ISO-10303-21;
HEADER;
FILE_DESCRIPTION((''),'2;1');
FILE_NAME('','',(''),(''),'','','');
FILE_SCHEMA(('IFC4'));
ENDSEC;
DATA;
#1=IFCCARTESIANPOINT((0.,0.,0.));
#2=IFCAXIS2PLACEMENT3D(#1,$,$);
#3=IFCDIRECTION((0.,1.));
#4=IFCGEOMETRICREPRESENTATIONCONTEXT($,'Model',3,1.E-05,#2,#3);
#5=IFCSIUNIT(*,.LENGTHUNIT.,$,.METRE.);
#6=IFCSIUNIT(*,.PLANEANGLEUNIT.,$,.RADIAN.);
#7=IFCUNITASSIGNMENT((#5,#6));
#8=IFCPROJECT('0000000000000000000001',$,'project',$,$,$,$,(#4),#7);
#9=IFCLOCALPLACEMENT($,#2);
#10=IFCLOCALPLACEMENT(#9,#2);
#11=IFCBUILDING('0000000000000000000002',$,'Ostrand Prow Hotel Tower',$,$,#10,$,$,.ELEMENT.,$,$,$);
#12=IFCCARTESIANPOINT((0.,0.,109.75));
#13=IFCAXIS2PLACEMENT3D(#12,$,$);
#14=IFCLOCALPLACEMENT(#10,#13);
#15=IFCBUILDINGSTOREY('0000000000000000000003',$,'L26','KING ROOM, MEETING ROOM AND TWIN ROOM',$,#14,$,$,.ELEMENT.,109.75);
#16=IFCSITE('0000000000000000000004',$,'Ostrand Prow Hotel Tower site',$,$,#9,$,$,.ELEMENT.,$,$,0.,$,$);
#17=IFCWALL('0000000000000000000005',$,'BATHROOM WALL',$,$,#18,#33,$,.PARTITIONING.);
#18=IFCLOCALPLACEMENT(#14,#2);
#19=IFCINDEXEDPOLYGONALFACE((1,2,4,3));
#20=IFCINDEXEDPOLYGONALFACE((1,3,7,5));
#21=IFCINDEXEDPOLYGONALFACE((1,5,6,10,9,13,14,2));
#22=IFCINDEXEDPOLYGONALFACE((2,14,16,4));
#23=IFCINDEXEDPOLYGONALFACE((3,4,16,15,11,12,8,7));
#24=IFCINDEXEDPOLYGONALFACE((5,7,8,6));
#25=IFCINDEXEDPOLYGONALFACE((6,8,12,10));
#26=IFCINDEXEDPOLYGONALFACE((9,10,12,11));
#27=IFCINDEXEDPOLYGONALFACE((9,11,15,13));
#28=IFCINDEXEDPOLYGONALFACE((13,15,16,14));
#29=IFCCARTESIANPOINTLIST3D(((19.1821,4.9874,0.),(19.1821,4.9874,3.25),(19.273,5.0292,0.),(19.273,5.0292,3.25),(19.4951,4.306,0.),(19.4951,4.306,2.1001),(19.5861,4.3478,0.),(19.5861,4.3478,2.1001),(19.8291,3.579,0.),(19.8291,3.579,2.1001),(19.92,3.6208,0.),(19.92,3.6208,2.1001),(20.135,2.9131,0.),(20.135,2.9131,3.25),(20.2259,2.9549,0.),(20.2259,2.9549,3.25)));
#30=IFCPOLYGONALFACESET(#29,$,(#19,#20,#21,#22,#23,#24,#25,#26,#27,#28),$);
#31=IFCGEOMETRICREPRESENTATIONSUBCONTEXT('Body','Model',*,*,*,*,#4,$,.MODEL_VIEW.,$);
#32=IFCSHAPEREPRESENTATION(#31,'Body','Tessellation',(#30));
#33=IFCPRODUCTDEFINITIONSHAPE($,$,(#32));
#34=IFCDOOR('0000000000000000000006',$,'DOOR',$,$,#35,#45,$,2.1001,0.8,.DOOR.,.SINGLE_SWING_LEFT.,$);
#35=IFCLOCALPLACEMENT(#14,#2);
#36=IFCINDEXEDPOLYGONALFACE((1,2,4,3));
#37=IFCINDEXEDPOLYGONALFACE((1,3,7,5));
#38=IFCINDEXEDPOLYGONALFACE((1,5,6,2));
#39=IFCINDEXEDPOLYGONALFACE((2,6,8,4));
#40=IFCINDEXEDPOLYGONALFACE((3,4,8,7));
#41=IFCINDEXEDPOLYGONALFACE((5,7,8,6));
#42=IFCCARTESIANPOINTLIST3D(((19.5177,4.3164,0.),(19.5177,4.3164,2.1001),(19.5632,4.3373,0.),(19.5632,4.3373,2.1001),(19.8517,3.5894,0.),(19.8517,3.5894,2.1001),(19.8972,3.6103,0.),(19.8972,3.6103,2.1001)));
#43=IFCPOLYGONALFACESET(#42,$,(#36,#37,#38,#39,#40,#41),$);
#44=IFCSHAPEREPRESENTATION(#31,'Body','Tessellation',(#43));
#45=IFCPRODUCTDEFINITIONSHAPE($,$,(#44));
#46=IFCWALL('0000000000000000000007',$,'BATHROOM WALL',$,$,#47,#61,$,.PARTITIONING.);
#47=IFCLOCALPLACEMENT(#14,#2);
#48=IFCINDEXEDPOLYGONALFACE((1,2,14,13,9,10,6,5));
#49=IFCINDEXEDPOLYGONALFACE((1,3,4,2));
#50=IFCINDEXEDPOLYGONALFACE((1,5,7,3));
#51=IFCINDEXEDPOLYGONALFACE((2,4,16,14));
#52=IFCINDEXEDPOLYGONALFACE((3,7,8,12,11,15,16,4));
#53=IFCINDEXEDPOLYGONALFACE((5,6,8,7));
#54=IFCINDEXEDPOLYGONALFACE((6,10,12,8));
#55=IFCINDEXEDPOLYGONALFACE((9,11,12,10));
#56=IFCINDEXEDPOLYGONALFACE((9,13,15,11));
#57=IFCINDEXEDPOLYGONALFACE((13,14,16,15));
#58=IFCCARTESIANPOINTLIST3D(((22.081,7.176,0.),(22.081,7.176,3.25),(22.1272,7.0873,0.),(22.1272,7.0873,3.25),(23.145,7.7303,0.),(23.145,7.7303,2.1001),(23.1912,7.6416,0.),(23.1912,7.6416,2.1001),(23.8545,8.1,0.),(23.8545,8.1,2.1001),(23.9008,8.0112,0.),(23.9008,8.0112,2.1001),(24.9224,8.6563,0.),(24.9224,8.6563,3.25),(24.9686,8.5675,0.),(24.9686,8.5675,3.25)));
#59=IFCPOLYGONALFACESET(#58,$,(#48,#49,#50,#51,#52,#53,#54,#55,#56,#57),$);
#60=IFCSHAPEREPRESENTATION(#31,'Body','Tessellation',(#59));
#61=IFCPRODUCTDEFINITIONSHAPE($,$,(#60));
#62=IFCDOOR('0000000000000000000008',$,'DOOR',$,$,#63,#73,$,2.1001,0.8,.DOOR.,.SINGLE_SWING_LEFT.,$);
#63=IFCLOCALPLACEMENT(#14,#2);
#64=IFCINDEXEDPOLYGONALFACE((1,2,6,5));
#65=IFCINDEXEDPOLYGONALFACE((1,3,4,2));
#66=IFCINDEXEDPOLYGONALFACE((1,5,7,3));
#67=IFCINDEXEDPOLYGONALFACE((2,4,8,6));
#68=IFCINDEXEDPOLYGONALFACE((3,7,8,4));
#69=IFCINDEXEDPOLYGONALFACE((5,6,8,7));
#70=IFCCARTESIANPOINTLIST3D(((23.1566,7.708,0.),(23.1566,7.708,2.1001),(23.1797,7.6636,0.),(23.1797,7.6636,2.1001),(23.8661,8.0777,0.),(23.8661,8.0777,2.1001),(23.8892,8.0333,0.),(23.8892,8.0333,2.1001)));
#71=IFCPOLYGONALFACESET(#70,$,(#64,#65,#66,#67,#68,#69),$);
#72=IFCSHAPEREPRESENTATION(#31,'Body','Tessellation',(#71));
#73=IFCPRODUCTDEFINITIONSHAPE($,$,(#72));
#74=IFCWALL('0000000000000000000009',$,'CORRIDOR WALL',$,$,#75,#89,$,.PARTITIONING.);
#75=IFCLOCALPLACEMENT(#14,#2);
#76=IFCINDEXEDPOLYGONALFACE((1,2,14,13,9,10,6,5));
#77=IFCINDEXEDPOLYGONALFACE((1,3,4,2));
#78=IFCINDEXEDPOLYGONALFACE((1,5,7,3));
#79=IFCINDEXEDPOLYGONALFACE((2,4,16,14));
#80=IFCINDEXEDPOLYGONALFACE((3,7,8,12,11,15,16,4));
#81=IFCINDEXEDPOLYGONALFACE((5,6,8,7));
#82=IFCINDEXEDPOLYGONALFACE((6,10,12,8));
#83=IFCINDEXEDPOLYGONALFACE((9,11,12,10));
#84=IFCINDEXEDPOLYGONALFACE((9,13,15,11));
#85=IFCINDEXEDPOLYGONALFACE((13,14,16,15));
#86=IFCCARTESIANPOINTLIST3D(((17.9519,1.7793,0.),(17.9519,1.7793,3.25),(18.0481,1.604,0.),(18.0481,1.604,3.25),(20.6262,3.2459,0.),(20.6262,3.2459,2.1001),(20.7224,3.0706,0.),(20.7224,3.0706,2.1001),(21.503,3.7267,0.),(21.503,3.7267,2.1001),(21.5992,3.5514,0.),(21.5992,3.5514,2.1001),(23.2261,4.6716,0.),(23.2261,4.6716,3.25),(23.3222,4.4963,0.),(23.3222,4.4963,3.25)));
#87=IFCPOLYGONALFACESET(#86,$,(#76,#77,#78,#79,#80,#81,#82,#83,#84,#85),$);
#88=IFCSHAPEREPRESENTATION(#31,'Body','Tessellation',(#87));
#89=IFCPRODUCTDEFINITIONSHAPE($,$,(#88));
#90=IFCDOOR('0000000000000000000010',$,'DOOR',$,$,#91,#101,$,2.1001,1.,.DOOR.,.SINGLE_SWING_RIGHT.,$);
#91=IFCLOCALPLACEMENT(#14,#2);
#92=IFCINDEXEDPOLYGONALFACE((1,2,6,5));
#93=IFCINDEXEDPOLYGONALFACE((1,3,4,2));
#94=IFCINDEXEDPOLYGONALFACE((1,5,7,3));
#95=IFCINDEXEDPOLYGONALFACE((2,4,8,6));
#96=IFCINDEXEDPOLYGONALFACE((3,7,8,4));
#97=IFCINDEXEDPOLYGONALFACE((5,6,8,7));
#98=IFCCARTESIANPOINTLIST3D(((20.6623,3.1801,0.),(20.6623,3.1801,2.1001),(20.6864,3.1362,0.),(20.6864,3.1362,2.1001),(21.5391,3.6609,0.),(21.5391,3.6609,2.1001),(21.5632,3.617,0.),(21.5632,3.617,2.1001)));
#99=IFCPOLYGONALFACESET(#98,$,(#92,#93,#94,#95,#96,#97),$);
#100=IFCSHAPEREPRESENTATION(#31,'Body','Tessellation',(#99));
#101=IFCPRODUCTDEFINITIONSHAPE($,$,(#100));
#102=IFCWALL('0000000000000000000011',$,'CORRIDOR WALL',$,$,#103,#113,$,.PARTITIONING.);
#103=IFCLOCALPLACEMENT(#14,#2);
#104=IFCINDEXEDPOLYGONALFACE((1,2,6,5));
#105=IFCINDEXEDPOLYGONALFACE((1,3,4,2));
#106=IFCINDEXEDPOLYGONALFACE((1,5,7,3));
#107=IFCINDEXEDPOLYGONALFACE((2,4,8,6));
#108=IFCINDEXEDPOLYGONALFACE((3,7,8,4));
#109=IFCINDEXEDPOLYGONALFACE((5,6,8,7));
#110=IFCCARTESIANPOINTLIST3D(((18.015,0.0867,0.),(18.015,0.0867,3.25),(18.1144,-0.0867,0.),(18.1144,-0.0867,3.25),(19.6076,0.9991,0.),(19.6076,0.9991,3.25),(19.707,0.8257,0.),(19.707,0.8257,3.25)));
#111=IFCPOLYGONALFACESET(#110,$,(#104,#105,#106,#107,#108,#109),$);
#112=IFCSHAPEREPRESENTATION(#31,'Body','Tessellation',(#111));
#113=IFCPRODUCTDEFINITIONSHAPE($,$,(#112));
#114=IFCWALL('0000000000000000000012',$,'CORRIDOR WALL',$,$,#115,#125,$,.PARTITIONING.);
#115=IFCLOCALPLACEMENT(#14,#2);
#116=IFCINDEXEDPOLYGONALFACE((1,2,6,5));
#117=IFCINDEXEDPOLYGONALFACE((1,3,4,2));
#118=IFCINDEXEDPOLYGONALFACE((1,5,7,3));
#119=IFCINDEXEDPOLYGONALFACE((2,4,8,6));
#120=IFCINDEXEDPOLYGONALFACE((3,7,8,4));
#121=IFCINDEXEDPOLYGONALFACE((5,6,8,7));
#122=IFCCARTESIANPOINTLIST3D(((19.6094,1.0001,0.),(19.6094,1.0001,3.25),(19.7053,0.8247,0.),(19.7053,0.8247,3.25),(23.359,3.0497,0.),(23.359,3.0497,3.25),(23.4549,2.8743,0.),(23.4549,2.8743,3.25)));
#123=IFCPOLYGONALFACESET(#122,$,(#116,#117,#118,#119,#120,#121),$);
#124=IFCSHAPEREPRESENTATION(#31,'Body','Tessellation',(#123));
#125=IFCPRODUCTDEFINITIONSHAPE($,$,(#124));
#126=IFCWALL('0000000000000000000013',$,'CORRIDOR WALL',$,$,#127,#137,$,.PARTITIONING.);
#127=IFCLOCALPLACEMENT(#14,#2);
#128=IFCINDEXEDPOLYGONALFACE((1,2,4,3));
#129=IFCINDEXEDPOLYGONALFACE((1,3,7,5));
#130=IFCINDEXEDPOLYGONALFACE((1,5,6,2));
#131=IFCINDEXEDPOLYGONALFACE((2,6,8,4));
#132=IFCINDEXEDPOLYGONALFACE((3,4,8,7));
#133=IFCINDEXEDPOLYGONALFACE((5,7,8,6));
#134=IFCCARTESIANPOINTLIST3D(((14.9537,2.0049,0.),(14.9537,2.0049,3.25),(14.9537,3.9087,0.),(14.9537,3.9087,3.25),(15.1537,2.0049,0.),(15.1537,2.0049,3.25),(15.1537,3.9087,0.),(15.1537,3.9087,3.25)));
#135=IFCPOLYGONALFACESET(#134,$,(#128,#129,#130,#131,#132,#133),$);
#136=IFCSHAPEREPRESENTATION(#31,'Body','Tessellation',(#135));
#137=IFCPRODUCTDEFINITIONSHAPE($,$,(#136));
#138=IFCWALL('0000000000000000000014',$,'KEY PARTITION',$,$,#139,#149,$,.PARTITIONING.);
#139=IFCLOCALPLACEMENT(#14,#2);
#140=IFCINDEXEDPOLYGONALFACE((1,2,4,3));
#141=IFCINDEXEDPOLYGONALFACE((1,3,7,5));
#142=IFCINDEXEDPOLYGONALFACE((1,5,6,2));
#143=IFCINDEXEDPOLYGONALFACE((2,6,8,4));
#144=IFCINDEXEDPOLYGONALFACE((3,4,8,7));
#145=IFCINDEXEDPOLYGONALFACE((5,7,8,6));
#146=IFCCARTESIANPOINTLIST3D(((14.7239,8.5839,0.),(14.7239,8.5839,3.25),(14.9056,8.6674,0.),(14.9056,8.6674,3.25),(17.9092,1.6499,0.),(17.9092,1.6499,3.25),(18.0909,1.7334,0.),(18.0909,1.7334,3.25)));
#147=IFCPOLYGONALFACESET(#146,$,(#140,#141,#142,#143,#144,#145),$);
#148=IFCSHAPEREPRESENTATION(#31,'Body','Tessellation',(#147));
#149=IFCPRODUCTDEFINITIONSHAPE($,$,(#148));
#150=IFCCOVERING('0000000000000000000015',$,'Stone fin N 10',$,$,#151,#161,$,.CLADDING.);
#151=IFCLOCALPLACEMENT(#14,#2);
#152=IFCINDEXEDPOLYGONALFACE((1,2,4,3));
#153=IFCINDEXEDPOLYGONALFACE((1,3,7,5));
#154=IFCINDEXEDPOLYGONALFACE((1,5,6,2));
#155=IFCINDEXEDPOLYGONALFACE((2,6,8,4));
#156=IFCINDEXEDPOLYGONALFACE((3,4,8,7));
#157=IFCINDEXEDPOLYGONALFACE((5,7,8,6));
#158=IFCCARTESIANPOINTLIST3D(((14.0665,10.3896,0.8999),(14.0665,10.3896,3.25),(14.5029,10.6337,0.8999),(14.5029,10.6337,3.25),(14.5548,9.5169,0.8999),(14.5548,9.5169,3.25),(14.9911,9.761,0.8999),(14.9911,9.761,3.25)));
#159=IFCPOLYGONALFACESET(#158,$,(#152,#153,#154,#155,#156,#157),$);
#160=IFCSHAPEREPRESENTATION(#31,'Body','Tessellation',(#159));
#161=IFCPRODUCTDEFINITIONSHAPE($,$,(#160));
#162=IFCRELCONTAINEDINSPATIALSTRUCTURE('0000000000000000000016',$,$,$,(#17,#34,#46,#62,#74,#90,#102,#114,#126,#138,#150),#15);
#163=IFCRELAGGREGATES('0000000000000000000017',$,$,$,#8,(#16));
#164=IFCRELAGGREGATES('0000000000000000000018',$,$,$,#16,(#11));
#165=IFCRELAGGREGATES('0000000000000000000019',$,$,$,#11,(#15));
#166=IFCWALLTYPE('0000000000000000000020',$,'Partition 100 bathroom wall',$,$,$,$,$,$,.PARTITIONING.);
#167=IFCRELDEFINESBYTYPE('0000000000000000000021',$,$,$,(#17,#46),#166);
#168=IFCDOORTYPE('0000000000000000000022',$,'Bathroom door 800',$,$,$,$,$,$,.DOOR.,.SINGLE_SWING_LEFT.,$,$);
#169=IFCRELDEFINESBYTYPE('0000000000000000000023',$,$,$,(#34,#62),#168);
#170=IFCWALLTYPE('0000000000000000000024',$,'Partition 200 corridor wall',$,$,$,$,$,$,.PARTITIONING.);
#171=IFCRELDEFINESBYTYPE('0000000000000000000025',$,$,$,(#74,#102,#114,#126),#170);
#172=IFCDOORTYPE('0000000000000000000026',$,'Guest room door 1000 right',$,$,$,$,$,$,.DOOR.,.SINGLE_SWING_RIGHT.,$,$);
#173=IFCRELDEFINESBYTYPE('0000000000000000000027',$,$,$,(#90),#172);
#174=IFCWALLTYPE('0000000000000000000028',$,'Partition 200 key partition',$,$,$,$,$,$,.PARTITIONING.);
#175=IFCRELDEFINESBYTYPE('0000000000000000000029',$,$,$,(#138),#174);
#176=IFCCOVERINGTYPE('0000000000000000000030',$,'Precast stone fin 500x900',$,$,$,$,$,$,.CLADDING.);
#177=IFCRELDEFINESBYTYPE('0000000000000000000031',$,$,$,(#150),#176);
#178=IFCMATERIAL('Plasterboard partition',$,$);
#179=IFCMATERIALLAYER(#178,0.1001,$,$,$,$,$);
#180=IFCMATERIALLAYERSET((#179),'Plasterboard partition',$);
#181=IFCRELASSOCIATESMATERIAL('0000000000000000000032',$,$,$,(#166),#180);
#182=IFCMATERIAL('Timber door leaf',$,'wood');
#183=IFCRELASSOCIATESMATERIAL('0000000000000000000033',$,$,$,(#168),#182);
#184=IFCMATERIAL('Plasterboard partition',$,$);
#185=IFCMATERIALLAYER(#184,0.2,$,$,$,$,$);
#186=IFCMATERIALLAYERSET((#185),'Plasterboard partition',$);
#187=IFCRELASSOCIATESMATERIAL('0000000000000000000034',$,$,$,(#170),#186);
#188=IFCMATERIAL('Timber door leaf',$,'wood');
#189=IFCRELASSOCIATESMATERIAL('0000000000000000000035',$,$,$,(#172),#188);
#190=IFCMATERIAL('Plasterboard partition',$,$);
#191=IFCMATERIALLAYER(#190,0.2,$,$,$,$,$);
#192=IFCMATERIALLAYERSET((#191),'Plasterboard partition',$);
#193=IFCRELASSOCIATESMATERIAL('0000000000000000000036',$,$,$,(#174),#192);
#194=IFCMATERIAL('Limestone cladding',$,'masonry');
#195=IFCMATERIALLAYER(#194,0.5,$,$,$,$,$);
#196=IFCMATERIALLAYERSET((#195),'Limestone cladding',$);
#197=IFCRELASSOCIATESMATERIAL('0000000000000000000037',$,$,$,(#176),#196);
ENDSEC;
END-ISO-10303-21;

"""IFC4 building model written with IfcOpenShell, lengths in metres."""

from ifc_helpers import new_model, si_unit, direction, frame, frame_2d, origin, place, context, subcontext, project, spatial, rectangle, extrude, material, layer, layer_set, type_object, element, fill, save


model = new_model("IFC4")

# Units and contexts
model_context = context("Model", 3, precision=1e-05, world=origin(), true_north=direction((0.0, 1.0)))
body_context = subcontext(model_context, "Body", "Model", "MODEL_VIEW")
ifc_project = project(units=[si_unit("LENGTHUNIT", "METRE"), si_unit("PLANEANGLEUNIT", "RADIAN")], contexts=[model_context])

# Site, building, storey
site_placement = place(None, origin())
site = spatial("IfcSite", under=ifc_project, at=site_placement, Name="Ostrand Prow Hotel Tower site", CompositionType="ELEMENT", RefElevation=0.0)
building_placement = place(site_placement, origin())
building = spatial("IfcBuilding", under=site, at=building_placement, Name="Ostrand Prow Hotel Tower", CompositionType="ELEMENT")
storey_placement = place(building_placement, frame((0.0, 0.0, 109.75)))
storey = spatial("IfcBuildingStorey", under=building, at=storey_placement, Name="L26", Description="KING ROOM, MEETING ROOM AND TWIN ROOM", CompositionType="ELEMENT", Elevation=109.75)

# Shared definitions
ifc_material_1 = material(Name="Plasterboard partition")
ifc_layer_1 = layer(ifc_material_1, 0.1001)
ifc_layer_set_1 = layer_set([ifc_layer_1], Name="Plasterboard partition")
wall_type_1 = type_object("IfcWallType", Name="Partition 100 bathroom wall", PredefinedType="PARTITIONING", material=ifc_layer_set_1)

# Walls, openings, doors
wall_1_placement = place(storey_placement, frame((19.2275, 5.0083, 0.0), z_axis=(0.0, 0.0, 1.0), x_axis=(0.41745, -0.9087, 0.0)))
wall_1 = element("IfcWall", 1, at=wall_1_placement, inside=storey, type_object=wall_type_1, Name="BATHROOM WALL", PredefinedType="PARTITIONING", context=body_context, shape_type="SweptSolid", body=[
    extrude(rectangle(XDim=2.2827, YDim=0.1001, at=frame_2d((1.1414, 0.0))), origin(), (0.0, 0.0, 1.0), 3.25),
])
opening_1_placement = place(wall_1_placement, frame((0.75, 0.0, 0.0)))
opening_1 = element("IfcOpeningElement", 2, at=opening_1_placement, cuts=wall_1, PredefinedType="OPENING", context=body_context, shape_type="SweptSolid", body=[
    extrude(rectangle(XDim=0.8, YDim=2.1001, at=frame_2d((0.3999, 1.05))), frame((0.0, 0.0601, 0.0), z_axis=(0.0, -1.0, 0.0), x_axis=(1.0, 0.0, 0.0)), (0.0, 0.0, 1.0), 0.1201),
])
ifc_material_2 = material(Name="Timber door leaf", Category="wood")
door_type_1 = type_object("IfcDoorType", Name="Bathroom door 800", OperationType="SINGLE_SWING_LEFT", PredefinedType="DOOR", material=ifc_material_2)
door_1_placement = place(opening_1_placement, origin())
door_1 = element("IfcDoor", 3, at=door_1_placement, inside=storey, type_object=door_type_1, Name="DOOR", OperationType="SINGLE_SWING_LEFT", OverallHeight=2.1001, OverallWidth=0.8, PredefinedType="DOOR", context=body_context, shape_type="SweptSolid", body=[
    extrude(rectangle(XDim=0.8, YDim=2.1001, at=frame_2d((0.3999, 1.05))), frame((0.0, 0.0249, 0.0), z_axis=(0.0, -1.0, 0.0), x_axis=(1.0, 0.0, 0.0)), (0.0, 0.0, 1.0), 0.05),
])
fill(opening_1, door_1)
wall_2_placement = place(storey_placement, frame((22.104, 7.1316, 0.0), z_axis=(0.0, 0.0, 1.0), x_axis=(0.886866, 0.462027, 0.0)))
wall_2 = element("IfcWall", 4, at=wall_2_placement, inside=storey, type_object=wall_type_1, Name="BATHROOM WALL", PredefinedType="PARTITIONING", context=body_context, shape_type="SweptSolid", body=[
    extrude(rectangle(XDim=3.2039, YDim=0.1001, at=frame_2d((1.6021, 0.0))), origin(), (0.0, 0.0, 1.0), 3.25),
])
opening_2_placement = place(wall_2_placement, frame((1.2, 0.0, 0.0)))
opening_2 = element("IfcOpeningElement", 5, at=opening_2_placement, cuts=wall_2, PredefinedType="OPENING", context=body_context, shape_type="SweptSolid", body=[
    extrude(rectangle(XDim=0.8, YDim=2.1001, at=frame_2d((0.3999, 1.05))), frame((0.0, 0.0601, 0.0), z_axis=(0.0, -1.0, 0.0), x_axis=(1.0, 0.0, 0.0)), (0.0, 0.0, 1.0), 0.1201),
])
door_2_placement = place(opening_2_placement, origin())
door_2 = element("IfcDoor", 6, at=door_2_placement, inside=storey, type_object=door_type_1, Name="DOOR", OperationType="SINGLE_SWING_LEFT", OverallHeight=2.1001, OverallWidth=0.8, PredefinedType="DOOR", context=body_context, shape_type="SweptSolid", body=[
    extrude(rectangle(XDim=0.8, YDim=2.1001, at=frame_2d((0.3999, 1.05))), frame((0.0, 0.0249, 0.0), z_axis=(0.0, -1.0, 0.0), x_axis=(1.0, 0.0, 0.0)), (0.0, 0.0, 1.0), 0.05),
])
fill(opening_2, door_2)
ifc_material_3 = material(Name="Plasterboard partition")
ifc_layer_2 = layer(ifc_material_3, 0.2)
ifc_layer_set_2 = layer_set([ifc_layer_2], Name="Plasterboard partition")
wall_type_2 = type_object("IfcWallType", Name="Partition 200 corridor wall", PredefinedType="PARTITIONING", material=ifc_layer_set_2)
wall_3_placement = place(storey_placement, frame((18.0, 1.6917, 0.0), z_axis=(0.0, 0.0, 1.0), x_axis=(0.876809, 0.480839, 0.0)))
wall_3 = element("IfcWall", 7, at=wall_3_placement, inside=storey, type_object=wall_type_2, Name="CORRIDOR WALL", PredefinedType="PARTITIONING", context=body_context, shape_type="SweptSolid", body=[
    extrude(rectangle(XDim=6.0151, YDim=0.2, at=frame_2d((3.0076, 0.0))), origin(), (0.0, 0.0, 1.0), 3.25),
])
opening_3_placement = place(wall_3_placement, frame((3.05, 0.0, 0.0)))
opening_3 = element("IfcOpeningElement", 8, at=opening_3_placement, cuts=wall_3, PredefinedType="OPENING", context=body_context, shape_type="SweptSolid", body=[
    extrude(rectangle(XDim=1.0, YDim=2.1001, at=frame_2d((0.5, 1.05))), frame((0.0, 0.1099, 0.0), z_axis=(0.0, -1.0, 0.0), x_axis=(1.0, 0.0, 0.0)), (0.0, 0.0, 1.0), 0.22),
])
ifc_material_4 = material(Name="Timber door leaf", Category="wood")
door_type_2 = type_object("IfcDoorType", Name="Guest room door 1000 right", OperationType="SINGLE_SWING_RIGHT", PredefinedType="DOOR", material=ifc_material_4)
door_3_placement = place(opening_3_placement, origin())
door_3 = element("IfcDoor", 9, at=door_3_placement, inside=storey, type_object=door_type_2, Name="DOOR", OperationType="SINGLE_SWING_RIGHT", OverallHeight=2.1001, OverallWidth=1.0, PredefinedType="DOOR", context=body_context, shape_type="SweptSolid", body=[
    extrude(rectangle(XDim=1.0, YDim=2.1001, at=frame_2d((0.5, 1.05))), frame((0.0, 0.0249, 0.0), z_axis=(0.0, -1.0, 0.0), x_axis=(1.0, 0.0, 0.0)), (0.0, 0.0, 1.0), 0.05),
])
fill(opening_3, door_3)

# Walls
wall_4_placement = place(storey_placement, frame((18.0647, 0.0, 0.0), z_axis=(0.0, 0.0, 1.0), x_axis=(0.867694, 0.497098, 0.0)))
element("IfcWall", 10, at=wall_4_placement, inside=storey, type_object=wall_type_2, Name="CORRIDOR WALL", PredefinedType="PARTITIONING", context=body_context, shape_type="SweptSolid", body=[
    extrude(rectangle(XDim=1.8354, YDim=0.2, at=frame_2d((0.9177, 0.0))), origin(), (0.0, 0.0, 1.0), 3.25),
])
wall_5_placement = place(storey_placement, frame((19.6572, 0.9124, 0.0), z_axis=(0.0, 0.0, 1.0), x_axis=(0.877465, 0.479641, 0.0)))
element("IfcWall", 11, at=wall_5_placement, inside=storey, type_object=wall_type_2, Name="CORRIDOR WALL", PredefinedType="PARTITIONING", context=body_context, shape_type="SweptSolid", body=[
    extrude(rectangle(XDim=4.2732, YDim=0.2, at=frame_2d((2.1367, 0.0))), origin(), (0.0, 0.0, 1.0), 3.25),
])
wall_6_placement = place(storey_placement, frame((15.0537, 3.9087, 0.0), z_axis=(0.0, 0.0, 1.0), x_axis=(0.0, -1.0, 0.0)))
element("IfcWall", 12, at=wall_6_placement, inside=storey, type_object=wall_type_2, Name="CORRIDOR WALL", PredefinedType="PARTITIONING", context=body_context, shape_type="SweptSolid", body=[
    extrude(rectangle(XDim=1.9038, YDim=0.2, at=frame_2d((0.9519, 0.0))), origin(), (0.0, 0.0, 1.0), 3.25),
])
ifc_material_5 = material(Name="Plasterboard partition")
ifc_layer_3 = layer(ifc_material_5, 0.2)
ifc_layer_set_3 = layer_set([ifc_layer_3], Name="Plasterboard partition")
wall_type_3 = type_object("IfcWallType", Name="Partition 200 key partition", PredefinedType="PARTITIONING", material=ifc_layer_set_3)
wall_7_placement = place(storey_placement, frame((14.8147, 8.6257, 0.0), z_axis=(0.0, 0.0, 1.0), x_axis=(0.417432, -0.908708, 0.0)))
element("IfcWall", 13, at=wall_7_placement, inside=storey, type_object=wall_type_3, Name="KEY PARTITION", PredefinedType="PARTITIONING", context=body_context, shape_type="SweptSolid", body=[
    extrude(rectangle(XDim=7.6306, YDim=0.2, at=frame_2d((3.8154, 0.0))), origin(), (0.0, 0.0, 1.0), 3.25),
])

# Covering
ifc_material_6 = material(Name="Limestone cladding", Category="masonry")
ifc_layer_4 = layer(ifc_material_6, 0.5)
ifc_layer_set_4 = layer_set([ifc_layer_4], Name="Limestone cladding")
covering_type = type_object("IfcCoveringType", Name="Precast stone fin 500x900", PredefinedType="CLADDING", material=ifc_layer_set_4)
covering_placement = place(storey_placement, frame((14.7729, 9.6389, 0.8999), z_axis=(0.0, 0.0, 1.0), x_axis=(-0.488232, 0.872714, 0.0)))
element("IfcCovering", 14, at=covering_placement, inside=storey, type_object=covering_type, Name="Stone fin N 10", PredefinedType="CLADDING", context=body_context, shape_type="SweptSolid", body=[
    extrude(rectangle(XDim=1.0, YDim=0.5, at=frame_2d((0.5, 0.0))), origin(), (0.0, 0.0, 1.0), 2.3501),
])

save(model, "model.ifc")
